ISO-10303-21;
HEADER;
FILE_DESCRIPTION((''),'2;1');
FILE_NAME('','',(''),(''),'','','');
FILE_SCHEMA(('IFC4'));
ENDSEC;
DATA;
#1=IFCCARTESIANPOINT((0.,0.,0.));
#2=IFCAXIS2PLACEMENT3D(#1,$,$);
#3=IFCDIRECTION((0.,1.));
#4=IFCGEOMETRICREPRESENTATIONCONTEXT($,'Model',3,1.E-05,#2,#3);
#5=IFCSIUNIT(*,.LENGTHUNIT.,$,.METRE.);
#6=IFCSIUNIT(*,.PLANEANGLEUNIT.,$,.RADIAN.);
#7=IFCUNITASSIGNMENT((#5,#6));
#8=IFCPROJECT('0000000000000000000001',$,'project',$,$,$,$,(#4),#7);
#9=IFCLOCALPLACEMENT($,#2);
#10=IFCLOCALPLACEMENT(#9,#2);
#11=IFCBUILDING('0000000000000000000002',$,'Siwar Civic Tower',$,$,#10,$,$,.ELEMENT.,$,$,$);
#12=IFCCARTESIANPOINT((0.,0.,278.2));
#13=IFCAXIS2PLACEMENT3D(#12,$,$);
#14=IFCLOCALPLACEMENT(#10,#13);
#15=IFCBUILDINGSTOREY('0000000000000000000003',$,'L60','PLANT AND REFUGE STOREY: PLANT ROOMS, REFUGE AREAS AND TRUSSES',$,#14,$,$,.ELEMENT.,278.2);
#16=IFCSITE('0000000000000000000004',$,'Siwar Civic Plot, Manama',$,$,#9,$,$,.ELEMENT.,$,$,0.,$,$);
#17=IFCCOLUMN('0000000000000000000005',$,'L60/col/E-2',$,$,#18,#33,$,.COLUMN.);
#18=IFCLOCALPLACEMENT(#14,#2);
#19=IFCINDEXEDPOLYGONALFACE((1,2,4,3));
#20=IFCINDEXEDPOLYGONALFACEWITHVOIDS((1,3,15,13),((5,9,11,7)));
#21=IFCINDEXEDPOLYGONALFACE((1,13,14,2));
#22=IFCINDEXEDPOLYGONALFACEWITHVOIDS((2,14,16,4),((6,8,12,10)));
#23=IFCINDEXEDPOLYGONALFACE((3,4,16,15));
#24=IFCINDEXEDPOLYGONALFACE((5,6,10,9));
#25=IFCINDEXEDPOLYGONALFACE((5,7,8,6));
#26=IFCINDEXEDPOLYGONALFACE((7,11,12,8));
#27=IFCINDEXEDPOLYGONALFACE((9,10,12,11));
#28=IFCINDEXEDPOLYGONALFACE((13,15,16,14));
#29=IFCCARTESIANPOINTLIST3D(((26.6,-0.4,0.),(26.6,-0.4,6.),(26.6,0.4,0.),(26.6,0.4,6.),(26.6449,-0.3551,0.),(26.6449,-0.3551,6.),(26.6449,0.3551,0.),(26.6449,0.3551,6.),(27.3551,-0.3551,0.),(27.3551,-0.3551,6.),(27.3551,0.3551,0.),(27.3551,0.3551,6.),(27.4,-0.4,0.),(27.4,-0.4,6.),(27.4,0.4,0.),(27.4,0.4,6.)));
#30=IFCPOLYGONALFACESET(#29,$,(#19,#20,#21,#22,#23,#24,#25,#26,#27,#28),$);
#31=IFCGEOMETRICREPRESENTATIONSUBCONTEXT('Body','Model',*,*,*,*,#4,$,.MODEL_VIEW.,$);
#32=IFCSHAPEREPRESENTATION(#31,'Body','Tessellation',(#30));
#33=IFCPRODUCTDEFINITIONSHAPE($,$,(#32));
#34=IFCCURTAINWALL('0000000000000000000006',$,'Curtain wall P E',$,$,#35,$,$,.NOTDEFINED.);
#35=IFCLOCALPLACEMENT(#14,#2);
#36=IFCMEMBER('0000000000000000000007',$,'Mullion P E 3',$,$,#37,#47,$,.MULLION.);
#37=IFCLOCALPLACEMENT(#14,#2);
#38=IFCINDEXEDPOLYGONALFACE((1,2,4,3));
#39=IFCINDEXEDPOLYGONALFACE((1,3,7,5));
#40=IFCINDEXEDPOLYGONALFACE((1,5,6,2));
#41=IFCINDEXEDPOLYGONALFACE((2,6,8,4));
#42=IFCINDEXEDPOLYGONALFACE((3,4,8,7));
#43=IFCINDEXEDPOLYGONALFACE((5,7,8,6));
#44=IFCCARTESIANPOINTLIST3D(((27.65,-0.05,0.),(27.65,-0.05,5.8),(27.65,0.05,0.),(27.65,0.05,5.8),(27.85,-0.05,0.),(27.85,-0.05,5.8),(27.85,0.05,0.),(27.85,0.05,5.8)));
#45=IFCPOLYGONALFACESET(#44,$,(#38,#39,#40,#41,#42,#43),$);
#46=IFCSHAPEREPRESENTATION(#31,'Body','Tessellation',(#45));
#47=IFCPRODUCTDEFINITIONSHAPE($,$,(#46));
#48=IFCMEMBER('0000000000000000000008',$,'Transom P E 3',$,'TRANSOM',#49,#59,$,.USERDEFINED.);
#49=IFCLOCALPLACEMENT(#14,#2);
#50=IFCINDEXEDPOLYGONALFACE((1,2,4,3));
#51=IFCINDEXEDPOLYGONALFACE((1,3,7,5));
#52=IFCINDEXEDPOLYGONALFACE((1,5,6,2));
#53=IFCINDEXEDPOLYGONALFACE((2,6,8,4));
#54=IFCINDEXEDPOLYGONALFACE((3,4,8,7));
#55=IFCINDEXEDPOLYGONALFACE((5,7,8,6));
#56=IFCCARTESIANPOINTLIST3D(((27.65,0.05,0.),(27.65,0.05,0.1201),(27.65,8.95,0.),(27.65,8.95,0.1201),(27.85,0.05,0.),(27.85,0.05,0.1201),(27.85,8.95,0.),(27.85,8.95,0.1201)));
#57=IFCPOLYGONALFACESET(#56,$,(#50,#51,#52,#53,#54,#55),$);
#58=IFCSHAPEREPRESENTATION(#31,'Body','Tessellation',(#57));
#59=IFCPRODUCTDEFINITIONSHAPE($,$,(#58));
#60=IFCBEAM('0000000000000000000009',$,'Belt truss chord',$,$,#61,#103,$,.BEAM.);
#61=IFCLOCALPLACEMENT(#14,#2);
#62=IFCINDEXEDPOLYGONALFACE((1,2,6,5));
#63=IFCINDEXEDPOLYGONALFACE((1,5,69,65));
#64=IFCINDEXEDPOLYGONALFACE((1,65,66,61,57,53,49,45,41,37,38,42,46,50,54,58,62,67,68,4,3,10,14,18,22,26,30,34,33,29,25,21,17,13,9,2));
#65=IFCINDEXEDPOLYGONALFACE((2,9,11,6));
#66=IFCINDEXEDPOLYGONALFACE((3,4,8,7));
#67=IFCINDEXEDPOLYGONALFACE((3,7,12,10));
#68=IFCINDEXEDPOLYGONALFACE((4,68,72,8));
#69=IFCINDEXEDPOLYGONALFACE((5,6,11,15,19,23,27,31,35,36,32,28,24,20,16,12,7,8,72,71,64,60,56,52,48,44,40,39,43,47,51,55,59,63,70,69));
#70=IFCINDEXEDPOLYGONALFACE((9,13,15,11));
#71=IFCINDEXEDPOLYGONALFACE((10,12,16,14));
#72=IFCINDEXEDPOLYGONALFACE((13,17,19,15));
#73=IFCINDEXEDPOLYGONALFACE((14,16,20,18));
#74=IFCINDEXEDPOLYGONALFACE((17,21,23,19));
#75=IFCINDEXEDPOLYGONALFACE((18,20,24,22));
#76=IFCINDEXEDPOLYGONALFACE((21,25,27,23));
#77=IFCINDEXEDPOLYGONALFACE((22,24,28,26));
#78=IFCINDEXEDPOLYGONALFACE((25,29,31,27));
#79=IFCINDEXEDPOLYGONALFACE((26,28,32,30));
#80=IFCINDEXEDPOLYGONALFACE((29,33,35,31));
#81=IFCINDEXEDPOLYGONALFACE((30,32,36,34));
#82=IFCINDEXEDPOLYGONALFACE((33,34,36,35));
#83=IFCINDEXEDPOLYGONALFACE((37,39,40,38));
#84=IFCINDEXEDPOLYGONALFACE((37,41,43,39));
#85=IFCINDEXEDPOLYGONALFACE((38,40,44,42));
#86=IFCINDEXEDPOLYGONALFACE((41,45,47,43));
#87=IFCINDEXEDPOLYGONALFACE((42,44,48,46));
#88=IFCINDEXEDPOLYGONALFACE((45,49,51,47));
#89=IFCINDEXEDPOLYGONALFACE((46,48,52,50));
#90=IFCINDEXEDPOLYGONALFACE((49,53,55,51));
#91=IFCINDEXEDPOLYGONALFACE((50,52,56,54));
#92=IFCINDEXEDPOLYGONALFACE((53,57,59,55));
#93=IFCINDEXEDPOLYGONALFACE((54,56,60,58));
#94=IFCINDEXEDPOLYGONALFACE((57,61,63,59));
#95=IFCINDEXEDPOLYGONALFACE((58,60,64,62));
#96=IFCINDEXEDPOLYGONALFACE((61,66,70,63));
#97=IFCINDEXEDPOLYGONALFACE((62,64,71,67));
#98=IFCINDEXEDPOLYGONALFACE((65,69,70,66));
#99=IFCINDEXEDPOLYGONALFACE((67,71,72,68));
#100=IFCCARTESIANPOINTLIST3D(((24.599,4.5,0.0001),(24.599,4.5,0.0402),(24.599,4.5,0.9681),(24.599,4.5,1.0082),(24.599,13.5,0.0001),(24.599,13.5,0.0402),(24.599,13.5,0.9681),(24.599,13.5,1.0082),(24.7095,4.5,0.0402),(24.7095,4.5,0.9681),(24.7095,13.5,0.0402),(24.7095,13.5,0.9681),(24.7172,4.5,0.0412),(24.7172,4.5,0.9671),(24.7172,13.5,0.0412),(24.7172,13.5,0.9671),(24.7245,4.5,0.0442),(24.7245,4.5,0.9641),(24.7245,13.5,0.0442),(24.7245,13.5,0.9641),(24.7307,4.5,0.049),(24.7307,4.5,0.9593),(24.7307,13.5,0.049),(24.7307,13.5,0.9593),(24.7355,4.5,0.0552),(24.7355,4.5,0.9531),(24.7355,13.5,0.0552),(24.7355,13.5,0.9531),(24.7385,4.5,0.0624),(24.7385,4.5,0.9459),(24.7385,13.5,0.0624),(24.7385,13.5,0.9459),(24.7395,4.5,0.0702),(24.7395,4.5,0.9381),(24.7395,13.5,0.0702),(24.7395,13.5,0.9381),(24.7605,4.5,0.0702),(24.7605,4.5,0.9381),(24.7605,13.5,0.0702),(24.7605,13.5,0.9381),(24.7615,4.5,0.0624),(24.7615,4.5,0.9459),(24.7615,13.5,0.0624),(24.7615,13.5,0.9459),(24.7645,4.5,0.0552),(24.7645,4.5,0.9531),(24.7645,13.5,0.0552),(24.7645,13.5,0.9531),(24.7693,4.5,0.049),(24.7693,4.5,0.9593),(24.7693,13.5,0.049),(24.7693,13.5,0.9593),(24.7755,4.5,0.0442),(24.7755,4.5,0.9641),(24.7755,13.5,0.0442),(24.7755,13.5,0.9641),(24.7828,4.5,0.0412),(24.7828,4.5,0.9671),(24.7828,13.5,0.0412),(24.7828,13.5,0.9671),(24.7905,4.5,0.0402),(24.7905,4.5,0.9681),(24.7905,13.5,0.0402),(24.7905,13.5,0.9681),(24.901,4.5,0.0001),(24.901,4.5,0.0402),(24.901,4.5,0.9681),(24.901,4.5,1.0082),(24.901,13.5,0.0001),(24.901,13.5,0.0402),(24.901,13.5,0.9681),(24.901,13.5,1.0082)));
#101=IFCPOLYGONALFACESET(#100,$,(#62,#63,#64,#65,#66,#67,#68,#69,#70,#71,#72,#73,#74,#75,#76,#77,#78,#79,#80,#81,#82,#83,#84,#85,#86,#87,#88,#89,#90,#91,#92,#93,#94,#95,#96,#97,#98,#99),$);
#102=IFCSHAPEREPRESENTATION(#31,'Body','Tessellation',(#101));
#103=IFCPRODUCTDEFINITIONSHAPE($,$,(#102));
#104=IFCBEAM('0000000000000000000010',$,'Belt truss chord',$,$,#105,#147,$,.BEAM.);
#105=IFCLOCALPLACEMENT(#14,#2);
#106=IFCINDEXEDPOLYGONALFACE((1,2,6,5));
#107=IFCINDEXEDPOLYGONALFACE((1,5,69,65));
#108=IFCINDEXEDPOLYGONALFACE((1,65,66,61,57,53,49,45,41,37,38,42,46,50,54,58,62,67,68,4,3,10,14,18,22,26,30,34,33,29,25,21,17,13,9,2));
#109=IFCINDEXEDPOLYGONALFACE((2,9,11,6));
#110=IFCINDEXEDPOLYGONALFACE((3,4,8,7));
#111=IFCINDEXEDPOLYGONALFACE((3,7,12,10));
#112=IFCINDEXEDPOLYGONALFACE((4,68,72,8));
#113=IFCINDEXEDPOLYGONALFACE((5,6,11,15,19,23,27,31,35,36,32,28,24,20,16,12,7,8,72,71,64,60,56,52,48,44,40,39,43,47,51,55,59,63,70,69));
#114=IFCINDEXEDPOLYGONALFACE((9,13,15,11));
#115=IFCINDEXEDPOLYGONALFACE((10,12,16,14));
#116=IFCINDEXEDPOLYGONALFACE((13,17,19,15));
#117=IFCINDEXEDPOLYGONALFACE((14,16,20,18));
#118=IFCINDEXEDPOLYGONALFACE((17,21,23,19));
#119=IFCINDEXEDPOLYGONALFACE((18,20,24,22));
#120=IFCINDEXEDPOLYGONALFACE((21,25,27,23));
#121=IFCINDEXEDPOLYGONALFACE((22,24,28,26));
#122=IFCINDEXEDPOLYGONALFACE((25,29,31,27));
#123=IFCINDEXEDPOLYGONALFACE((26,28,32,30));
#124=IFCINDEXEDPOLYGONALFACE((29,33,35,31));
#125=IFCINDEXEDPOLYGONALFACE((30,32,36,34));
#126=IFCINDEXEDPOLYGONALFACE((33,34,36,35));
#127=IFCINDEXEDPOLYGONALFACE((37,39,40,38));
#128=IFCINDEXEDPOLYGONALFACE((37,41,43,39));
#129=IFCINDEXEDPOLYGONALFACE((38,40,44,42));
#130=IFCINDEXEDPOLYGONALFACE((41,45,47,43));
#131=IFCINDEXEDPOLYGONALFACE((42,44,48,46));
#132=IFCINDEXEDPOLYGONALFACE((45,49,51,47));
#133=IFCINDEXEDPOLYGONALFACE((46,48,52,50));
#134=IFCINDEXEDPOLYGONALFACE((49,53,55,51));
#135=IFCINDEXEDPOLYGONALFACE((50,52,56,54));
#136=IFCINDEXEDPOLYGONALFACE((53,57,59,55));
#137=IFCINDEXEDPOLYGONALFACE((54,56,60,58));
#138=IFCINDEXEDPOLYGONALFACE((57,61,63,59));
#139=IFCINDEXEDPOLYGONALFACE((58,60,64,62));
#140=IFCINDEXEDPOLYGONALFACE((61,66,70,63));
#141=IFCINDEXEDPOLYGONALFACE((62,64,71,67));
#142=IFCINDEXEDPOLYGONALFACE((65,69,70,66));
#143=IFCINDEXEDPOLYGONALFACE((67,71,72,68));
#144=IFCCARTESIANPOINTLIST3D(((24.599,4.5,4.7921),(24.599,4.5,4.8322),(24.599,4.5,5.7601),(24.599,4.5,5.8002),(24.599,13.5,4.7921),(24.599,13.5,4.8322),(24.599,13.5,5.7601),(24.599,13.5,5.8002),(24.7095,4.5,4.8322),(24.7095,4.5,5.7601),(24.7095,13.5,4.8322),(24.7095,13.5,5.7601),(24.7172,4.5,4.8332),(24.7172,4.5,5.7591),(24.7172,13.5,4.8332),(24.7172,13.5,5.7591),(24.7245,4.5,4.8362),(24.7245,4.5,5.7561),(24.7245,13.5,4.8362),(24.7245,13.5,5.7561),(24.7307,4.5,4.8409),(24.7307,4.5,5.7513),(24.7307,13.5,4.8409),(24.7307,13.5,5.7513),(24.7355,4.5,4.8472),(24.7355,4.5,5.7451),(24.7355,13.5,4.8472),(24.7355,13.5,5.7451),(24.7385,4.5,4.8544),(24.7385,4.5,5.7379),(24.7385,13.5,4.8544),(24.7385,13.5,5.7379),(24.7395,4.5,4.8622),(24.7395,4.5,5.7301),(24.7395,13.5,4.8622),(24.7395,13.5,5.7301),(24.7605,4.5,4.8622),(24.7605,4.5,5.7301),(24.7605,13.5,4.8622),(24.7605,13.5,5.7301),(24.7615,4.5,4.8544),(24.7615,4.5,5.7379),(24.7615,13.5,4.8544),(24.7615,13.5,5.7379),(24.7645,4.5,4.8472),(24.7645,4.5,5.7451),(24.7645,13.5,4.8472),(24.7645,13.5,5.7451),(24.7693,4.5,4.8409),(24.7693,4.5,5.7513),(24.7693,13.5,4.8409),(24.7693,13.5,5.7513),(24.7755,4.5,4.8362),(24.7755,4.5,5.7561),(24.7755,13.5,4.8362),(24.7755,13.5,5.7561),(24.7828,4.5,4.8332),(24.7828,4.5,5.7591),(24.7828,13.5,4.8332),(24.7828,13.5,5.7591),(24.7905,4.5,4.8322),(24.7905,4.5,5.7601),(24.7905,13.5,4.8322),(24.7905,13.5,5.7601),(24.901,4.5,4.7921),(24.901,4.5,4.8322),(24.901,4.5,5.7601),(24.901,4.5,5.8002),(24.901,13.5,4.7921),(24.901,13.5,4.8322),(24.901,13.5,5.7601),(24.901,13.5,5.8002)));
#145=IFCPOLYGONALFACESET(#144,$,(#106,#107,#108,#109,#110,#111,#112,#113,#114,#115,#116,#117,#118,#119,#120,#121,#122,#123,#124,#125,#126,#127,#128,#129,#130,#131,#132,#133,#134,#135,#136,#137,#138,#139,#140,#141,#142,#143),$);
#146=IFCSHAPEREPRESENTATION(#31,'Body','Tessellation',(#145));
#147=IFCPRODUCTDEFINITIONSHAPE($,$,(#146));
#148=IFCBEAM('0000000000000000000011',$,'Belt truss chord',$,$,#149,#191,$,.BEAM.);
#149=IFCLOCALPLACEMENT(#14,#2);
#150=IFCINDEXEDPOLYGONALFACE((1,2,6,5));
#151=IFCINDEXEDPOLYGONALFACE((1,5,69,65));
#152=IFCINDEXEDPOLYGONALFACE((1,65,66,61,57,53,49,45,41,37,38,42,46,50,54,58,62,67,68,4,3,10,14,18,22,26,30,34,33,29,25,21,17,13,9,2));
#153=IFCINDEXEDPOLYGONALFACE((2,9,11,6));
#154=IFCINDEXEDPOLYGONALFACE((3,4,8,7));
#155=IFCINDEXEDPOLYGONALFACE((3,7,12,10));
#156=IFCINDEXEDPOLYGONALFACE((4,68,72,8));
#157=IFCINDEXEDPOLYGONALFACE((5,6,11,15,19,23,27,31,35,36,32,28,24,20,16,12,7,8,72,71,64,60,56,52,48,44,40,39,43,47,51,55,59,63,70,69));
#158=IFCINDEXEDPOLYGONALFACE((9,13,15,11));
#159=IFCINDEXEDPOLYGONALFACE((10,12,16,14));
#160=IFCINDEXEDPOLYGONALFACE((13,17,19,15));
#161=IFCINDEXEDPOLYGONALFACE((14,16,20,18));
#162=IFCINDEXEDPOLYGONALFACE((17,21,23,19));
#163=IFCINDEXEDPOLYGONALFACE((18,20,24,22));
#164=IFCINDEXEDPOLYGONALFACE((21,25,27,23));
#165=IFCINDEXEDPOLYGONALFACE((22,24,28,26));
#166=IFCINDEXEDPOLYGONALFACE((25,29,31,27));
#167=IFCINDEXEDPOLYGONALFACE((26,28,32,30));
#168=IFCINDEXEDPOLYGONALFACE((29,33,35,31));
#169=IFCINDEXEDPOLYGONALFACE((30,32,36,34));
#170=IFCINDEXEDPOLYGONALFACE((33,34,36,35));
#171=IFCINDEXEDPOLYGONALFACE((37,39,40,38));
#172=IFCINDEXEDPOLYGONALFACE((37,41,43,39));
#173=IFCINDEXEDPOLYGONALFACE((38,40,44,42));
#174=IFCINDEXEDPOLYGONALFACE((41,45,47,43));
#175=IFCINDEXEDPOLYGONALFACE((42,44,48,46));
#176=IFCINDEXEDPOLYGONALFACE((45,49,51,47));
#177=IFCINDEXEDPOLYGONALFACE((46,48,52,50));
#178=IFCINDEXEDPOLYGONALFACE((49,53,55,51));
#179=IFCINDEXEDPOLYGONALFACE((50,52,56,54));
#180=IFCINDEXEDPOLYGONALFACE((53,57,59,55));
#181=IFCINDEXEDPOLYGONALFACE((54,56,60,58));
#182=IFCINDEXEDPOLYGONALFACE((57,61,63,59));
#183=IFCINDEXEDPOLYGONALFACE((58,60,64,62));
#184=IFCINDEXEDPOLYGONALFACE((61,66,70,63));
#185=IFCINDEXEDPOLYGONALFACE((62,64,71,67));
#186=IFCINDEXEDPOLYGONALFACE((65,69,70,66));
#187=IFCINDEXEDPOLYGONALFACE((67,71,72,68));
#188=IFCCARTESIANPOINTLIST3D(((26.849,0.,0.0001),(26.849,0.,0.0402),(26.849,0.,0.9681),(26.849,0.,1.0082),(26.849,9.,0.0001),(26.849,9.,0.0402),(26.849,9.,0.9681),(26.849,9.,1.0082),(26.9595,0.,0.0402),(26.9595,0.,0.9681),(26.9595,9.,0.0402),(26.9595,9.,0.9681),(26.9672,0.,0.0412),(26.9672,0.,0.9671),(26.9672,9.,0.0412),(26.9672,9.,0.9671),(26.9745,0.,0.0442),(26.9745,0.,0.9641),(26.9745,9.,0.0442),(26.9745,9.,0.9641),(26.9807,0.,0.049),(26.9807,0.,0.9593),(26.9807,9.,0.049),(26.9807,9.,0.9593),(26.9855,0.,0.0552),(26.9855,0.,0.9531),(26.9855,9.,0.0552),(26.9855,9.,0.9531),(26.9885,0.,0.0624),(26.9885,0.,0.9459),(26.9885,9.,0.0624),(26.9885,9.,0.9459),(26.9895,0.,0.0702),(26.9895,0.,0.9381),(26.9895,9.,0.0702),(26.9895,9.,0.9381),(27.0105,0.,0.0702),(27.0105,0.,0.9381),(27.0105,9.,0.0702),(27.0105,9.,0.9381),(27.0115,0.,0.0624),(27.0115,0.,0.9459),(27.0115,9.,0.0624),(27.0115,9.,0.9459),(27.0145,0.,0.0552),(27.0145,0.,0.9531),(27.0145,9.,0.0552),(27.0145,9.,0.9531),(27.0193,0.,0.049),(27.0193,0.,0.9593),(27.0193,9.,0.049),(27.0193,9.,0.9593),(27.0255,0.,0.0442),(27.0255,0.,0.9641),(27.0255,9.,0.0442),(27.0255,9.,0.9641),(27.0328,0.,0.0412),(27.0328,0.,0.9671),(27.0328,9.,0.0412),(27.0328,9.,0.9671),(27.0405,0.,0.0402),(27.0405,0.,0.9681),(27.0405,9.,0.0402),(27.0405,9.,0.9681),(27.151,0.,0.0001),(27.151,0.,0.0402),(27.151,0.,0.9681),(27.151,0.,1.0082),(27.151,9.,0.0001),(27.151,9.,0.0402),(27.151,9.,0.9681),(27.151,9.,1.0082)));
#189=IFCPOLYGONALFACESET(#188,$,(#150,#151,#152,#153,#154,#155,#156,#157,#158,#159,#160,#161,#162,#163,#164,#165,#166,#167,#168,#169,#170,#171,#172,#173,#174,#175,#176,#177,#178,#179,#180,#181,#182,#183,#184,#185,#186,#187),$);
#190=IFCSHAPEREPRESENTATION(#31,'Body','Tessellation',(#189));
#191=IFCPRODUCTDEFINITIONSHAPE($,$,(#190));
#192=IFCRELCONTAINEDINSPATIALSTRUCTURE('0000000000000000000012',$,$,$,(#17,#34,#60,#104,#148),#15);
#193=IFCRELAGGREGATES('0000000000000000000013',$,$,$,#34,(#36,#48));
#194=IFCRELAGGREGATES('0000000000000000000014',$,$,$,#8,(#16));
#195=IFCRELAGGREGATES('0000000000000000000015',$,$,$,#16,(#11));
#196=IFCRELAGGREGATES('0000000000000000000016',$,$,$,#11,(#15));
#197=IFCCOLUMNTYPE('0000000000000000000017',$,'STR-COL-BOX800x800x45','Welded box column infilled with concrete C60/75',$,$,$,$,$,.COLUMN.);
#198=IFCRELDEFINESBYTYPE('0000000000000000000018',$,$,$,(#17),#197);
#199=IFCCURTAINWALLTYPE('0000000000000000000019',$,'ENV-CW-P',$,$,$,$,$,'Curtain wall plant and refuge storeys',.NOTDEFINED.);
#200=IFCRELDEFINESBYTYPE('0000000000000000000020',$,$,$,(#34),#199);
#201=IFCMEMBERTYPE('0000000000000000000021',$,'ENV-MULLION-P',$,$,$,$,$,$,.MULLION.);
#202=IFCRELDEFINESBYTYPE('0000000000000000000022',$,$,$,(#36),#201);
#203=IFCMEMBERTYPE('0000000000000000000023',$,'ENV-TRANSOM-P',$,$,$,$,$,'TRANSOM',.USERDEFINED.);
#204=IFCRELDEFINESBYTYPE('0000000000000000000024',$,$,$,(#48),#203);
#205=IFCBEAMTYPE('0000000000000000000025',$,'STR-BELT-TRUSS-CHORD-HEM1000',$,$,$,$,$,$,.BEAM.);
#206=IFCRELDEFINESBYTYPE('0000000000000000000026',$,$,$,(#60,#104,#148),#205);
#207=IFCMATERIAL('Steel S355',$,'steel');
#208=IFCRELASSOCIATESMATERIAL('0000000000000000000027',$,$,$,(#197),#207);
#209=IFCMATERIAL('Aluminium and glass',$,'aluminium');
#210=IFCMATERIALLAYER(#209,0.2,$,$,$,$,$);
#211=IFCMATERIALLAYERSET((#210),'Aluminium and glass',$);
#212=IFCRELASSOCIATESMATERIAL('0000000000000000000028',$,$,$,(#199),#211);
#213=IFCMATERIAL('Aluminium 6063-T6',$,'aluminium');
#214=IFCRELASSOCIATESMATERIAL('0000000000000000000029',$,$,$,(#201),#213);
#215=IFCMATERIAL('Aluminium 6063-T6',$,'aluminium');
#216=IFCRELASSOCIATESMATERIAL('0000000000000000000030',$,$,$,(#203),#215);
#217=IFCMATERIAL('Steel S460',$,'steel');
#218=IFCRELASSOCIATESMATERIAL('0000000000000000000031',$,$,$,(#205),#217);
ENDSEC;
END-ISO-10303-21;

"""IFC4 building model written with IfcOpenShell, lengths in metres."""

from ifc_helpers import new_model, si_unit, direction, frame, origin, origin_2d, place, context, subcontext, project, spatial, rectangle, hollow_rectangle, i_section, extrude, material, layer, layer_set, material_profile, profile_set, type_object, element, aggregate, save


model = new_model("IFC4")

# Units and contexts
model_context = context("Model", 3, precision=1e-05, world=origin(), true_north=direction((0.0, 1.0)))
body_context = subcontext(model_context, "Body", "Model", "MODEL_VIEW")
ifc_project = project(units=[si_unit("LENGTHUNIT", "METRE"), si_unit("PLANEANGLEUNIT", "RADIAN")], contexts=[model_context])

# Site, building, storey
site_placement = place(None, origin())
site = spatial("IfcSite", under=ifc_project, at=site_placement, Name="Siwar Civic Plot, Manama", CompositionType="ELEMENT", RefElevation=0.0)
building_placement = place(site_placement, origin())
building = spatial("IfcBuilding", under=site, at=building_placement, Name="Siwar Civic Tower", CompositionType="ELEMENT")
storey_placement = place(building_placement, frame((0.0, 0.0, 278.2)))
storey = spatial("IfcBuildingStorey", under=building, at=storey_placement, Name="L60", Description="PLANT AND REFUGE STOREY: PLANT ROOMS, REFUGE AREAS AND TRUSSES", CompositionType="ELEMENT", Elevation=278.2)

# Column
ifc_material_1 = material(Name="Steel S355", Category="steel")
ifc_material_profile_1 = material_profile(ifc_material_1, hollow_rectangle(XDim=0.8, YDim=0.8, WallThickness=0.0449, at=origin_2d()), Name="BOX800x800x45")
ifc_profile_set_1 = profile_set([ifc_material_profile_1], Name="Steel S355")
column_type = type_object("IfcColumnType", Name="STR-COL-BOX800x800x45", Description="Welded box column infilled with concrete C60/75", PredefinedType="COLUMN", material=ifc_profile_set_1)
column_placement = place(storey_placement, frame((27.0, 0.0, 0.0), z_axis=(0.0, 0.0, 1.0), x_axis=(1.0, 0.0, 0.0)))
element("IfcColumn", 1, at=column_placement, inside=storey, type_object=column_type, Name="L60/col/E-2", PredefinedType="COLUMN", context=body_context, shape_type="SweptSolid", body=[
    extrude(hollow_rectangle(XDim=0.8, YDim=0.8, WallThickness=0.0449, at=origin_2d()), origin(), (0.0, 0.0, 1.0), 6.0),
])

# Curtain wall, members
ifc_material_2 = material(Name="Aluminium and glass", Category="aluminium")
ifc_layer_1 = layer(ifc_material_2, 0.2)
ifc_layer_set_1 = layer_set([ifc_layer_1], Name="Aluminium and glass")
curtain_wall_type = type_object("IfcCurtainWallType", Name="ENV-CW-P", ElementType="Curtain wall plant and refuge storeys", PredefinedType="NOTDEFINED", material=ifc_layer_set_1)
curtain_wall_placement = place(storey_placement, origin())
curtain_wall = element("IfcCurtainWall", 2, at=curtain_wall_placement, inside=storey, type_object=curtain_wall_type, Name="Curtain wall P E", PredefinedType="NOTDEFINED")
ifc_material_3 = material(Name="Aluminium 6063-T6", Category="aluminium")
ifc_material_profile_2 = material_profile(ifc_material_3, rectangle(XDim=0.2, YDim=0.1001, at=origin_2d()), Name="AL 200x100")
ifc_profile_set_2 = profile_set([ifc_material_profile_2], Name="Aluminium 6063-T6")
member_type_1 = type_object("IfcMemberType", Name="ENV-MULLION-P", PredefinedType="MULLION", material=ifc_profile_set_2)
member_1_placement = place(storey_placement, frame((27.75, 0.0, 0.0), z_axis=(0.0, 0.0, 1.0), x_axis=(-1.0, 0.0, 0.0)))
member_1 = element("IfcMember", 3, at=member_1_placement, type_object=member_type_1, Name="Mullion P E 3", PredefinedType="MULLION", context=body_context, shape_type="SweptSolid", body=[
    extrude(rectangle(XDim=0.2, YDim=0.1001, at=origin_2d()), origin(), (0.0, 0.0, 1.0), 5.8),
])
ifc_material_4 = material(Name="Aluminium 6063-T6", Category="aluminium")
ifc_material_profile_3 = material_profile(ifc_material_4, rectangle(XDim=0.2, YDim=0.1201, at=origin_2d()), Name="AL 200x120")
ifc_profile_set_3 = profile_set([ifc_material_profile_3], Name="Aluminium 6063-T6")
member_type_2 = type_object("IfcMemberType", Name="ENV-TRANSOM-P", ElementType="TRANSOM", PredefinedType="USERDEFINED", material=ifc_profile_set_3)
member_2_placement = place(storey_placement, frame((27.75, 0.05, 0.0601), z_axis=(0.0, 1.0, 0.0), x_axis=(-1.0, 0.0, 0.0)))
member_2 = element("IfcMember", 4, at=member_2_placement, type_object=member_type_2, Name="Transom P E 3", ObjectType="TRANSOM", PredefinedType="USERDEFINED", context=body_context, shape_type="SweptSolid", body=[
    extrude(rectangle(XDim=0.2, YDim=0.1201, at=origin_2d()), origin(), (0.0, 0.0, 1.0), 8.8999),
])

# Beams
ifc_material_5 = material(Name="Steel S460", Category="steel")
ifc_material_profile_4 = material_profile(ifc_material_5, i_section(OverallWidth=0.302, OverallDepth=1.0081, WebThickness=0.021, FlangeThickness=0.04, FilletRadius=0.03, at=origin_2d()), Name="HEM1000")
ifc_profile_set_4 = profile_set([ifc_material_profile_4], Name="Steel S460")
beam_type_1 = type_object("IfcBeamType", Name="STR-BELT-TRUSS-CHORD-HEM1000", PredefinedType="BEAM", material=ifc_profile_set_4)
for number, where, z_axis, x_axis, name in (
    (5, (24.75, 4.5, 0.5042), (0.0, 1.0, 0.0), (-1.0, 0.0, 0.0), "Belt truss chord"),
    (6, (24.75, 4.5, 5.2961), (0.0, 1.0, 0.0), (-1.0, 0.0, 0.0), "Belt truss chord"),
    (7, (27.0, 0.0, 0.5042), (0.0, 1.0, 0.0), (-1.0, 0.0, 0.0), "Belt truss chord"),
):
    element("IfcBeam", number, at=place(storey_placement, frame(where, z_axis=z_axis, x_axis=x_axis)), inside=storey, type_object=beam_type_1, Name=name, PredefinedType="BEAM", context=body_context, shape_type="SweptSolid", body=[
        extrude(i_section(OverallWidth=0.302, OverallDepth=1.0081, WebThickness=0.021, FlangeThickness=0.04, FilletRadius=0.03, at=origin_2d()), origin(), (0.0, 0.0, 1.0), 9.0),
    ])

aggregate(curtain_wall, [member_1, member_2])

save(model, "model.ifc")
